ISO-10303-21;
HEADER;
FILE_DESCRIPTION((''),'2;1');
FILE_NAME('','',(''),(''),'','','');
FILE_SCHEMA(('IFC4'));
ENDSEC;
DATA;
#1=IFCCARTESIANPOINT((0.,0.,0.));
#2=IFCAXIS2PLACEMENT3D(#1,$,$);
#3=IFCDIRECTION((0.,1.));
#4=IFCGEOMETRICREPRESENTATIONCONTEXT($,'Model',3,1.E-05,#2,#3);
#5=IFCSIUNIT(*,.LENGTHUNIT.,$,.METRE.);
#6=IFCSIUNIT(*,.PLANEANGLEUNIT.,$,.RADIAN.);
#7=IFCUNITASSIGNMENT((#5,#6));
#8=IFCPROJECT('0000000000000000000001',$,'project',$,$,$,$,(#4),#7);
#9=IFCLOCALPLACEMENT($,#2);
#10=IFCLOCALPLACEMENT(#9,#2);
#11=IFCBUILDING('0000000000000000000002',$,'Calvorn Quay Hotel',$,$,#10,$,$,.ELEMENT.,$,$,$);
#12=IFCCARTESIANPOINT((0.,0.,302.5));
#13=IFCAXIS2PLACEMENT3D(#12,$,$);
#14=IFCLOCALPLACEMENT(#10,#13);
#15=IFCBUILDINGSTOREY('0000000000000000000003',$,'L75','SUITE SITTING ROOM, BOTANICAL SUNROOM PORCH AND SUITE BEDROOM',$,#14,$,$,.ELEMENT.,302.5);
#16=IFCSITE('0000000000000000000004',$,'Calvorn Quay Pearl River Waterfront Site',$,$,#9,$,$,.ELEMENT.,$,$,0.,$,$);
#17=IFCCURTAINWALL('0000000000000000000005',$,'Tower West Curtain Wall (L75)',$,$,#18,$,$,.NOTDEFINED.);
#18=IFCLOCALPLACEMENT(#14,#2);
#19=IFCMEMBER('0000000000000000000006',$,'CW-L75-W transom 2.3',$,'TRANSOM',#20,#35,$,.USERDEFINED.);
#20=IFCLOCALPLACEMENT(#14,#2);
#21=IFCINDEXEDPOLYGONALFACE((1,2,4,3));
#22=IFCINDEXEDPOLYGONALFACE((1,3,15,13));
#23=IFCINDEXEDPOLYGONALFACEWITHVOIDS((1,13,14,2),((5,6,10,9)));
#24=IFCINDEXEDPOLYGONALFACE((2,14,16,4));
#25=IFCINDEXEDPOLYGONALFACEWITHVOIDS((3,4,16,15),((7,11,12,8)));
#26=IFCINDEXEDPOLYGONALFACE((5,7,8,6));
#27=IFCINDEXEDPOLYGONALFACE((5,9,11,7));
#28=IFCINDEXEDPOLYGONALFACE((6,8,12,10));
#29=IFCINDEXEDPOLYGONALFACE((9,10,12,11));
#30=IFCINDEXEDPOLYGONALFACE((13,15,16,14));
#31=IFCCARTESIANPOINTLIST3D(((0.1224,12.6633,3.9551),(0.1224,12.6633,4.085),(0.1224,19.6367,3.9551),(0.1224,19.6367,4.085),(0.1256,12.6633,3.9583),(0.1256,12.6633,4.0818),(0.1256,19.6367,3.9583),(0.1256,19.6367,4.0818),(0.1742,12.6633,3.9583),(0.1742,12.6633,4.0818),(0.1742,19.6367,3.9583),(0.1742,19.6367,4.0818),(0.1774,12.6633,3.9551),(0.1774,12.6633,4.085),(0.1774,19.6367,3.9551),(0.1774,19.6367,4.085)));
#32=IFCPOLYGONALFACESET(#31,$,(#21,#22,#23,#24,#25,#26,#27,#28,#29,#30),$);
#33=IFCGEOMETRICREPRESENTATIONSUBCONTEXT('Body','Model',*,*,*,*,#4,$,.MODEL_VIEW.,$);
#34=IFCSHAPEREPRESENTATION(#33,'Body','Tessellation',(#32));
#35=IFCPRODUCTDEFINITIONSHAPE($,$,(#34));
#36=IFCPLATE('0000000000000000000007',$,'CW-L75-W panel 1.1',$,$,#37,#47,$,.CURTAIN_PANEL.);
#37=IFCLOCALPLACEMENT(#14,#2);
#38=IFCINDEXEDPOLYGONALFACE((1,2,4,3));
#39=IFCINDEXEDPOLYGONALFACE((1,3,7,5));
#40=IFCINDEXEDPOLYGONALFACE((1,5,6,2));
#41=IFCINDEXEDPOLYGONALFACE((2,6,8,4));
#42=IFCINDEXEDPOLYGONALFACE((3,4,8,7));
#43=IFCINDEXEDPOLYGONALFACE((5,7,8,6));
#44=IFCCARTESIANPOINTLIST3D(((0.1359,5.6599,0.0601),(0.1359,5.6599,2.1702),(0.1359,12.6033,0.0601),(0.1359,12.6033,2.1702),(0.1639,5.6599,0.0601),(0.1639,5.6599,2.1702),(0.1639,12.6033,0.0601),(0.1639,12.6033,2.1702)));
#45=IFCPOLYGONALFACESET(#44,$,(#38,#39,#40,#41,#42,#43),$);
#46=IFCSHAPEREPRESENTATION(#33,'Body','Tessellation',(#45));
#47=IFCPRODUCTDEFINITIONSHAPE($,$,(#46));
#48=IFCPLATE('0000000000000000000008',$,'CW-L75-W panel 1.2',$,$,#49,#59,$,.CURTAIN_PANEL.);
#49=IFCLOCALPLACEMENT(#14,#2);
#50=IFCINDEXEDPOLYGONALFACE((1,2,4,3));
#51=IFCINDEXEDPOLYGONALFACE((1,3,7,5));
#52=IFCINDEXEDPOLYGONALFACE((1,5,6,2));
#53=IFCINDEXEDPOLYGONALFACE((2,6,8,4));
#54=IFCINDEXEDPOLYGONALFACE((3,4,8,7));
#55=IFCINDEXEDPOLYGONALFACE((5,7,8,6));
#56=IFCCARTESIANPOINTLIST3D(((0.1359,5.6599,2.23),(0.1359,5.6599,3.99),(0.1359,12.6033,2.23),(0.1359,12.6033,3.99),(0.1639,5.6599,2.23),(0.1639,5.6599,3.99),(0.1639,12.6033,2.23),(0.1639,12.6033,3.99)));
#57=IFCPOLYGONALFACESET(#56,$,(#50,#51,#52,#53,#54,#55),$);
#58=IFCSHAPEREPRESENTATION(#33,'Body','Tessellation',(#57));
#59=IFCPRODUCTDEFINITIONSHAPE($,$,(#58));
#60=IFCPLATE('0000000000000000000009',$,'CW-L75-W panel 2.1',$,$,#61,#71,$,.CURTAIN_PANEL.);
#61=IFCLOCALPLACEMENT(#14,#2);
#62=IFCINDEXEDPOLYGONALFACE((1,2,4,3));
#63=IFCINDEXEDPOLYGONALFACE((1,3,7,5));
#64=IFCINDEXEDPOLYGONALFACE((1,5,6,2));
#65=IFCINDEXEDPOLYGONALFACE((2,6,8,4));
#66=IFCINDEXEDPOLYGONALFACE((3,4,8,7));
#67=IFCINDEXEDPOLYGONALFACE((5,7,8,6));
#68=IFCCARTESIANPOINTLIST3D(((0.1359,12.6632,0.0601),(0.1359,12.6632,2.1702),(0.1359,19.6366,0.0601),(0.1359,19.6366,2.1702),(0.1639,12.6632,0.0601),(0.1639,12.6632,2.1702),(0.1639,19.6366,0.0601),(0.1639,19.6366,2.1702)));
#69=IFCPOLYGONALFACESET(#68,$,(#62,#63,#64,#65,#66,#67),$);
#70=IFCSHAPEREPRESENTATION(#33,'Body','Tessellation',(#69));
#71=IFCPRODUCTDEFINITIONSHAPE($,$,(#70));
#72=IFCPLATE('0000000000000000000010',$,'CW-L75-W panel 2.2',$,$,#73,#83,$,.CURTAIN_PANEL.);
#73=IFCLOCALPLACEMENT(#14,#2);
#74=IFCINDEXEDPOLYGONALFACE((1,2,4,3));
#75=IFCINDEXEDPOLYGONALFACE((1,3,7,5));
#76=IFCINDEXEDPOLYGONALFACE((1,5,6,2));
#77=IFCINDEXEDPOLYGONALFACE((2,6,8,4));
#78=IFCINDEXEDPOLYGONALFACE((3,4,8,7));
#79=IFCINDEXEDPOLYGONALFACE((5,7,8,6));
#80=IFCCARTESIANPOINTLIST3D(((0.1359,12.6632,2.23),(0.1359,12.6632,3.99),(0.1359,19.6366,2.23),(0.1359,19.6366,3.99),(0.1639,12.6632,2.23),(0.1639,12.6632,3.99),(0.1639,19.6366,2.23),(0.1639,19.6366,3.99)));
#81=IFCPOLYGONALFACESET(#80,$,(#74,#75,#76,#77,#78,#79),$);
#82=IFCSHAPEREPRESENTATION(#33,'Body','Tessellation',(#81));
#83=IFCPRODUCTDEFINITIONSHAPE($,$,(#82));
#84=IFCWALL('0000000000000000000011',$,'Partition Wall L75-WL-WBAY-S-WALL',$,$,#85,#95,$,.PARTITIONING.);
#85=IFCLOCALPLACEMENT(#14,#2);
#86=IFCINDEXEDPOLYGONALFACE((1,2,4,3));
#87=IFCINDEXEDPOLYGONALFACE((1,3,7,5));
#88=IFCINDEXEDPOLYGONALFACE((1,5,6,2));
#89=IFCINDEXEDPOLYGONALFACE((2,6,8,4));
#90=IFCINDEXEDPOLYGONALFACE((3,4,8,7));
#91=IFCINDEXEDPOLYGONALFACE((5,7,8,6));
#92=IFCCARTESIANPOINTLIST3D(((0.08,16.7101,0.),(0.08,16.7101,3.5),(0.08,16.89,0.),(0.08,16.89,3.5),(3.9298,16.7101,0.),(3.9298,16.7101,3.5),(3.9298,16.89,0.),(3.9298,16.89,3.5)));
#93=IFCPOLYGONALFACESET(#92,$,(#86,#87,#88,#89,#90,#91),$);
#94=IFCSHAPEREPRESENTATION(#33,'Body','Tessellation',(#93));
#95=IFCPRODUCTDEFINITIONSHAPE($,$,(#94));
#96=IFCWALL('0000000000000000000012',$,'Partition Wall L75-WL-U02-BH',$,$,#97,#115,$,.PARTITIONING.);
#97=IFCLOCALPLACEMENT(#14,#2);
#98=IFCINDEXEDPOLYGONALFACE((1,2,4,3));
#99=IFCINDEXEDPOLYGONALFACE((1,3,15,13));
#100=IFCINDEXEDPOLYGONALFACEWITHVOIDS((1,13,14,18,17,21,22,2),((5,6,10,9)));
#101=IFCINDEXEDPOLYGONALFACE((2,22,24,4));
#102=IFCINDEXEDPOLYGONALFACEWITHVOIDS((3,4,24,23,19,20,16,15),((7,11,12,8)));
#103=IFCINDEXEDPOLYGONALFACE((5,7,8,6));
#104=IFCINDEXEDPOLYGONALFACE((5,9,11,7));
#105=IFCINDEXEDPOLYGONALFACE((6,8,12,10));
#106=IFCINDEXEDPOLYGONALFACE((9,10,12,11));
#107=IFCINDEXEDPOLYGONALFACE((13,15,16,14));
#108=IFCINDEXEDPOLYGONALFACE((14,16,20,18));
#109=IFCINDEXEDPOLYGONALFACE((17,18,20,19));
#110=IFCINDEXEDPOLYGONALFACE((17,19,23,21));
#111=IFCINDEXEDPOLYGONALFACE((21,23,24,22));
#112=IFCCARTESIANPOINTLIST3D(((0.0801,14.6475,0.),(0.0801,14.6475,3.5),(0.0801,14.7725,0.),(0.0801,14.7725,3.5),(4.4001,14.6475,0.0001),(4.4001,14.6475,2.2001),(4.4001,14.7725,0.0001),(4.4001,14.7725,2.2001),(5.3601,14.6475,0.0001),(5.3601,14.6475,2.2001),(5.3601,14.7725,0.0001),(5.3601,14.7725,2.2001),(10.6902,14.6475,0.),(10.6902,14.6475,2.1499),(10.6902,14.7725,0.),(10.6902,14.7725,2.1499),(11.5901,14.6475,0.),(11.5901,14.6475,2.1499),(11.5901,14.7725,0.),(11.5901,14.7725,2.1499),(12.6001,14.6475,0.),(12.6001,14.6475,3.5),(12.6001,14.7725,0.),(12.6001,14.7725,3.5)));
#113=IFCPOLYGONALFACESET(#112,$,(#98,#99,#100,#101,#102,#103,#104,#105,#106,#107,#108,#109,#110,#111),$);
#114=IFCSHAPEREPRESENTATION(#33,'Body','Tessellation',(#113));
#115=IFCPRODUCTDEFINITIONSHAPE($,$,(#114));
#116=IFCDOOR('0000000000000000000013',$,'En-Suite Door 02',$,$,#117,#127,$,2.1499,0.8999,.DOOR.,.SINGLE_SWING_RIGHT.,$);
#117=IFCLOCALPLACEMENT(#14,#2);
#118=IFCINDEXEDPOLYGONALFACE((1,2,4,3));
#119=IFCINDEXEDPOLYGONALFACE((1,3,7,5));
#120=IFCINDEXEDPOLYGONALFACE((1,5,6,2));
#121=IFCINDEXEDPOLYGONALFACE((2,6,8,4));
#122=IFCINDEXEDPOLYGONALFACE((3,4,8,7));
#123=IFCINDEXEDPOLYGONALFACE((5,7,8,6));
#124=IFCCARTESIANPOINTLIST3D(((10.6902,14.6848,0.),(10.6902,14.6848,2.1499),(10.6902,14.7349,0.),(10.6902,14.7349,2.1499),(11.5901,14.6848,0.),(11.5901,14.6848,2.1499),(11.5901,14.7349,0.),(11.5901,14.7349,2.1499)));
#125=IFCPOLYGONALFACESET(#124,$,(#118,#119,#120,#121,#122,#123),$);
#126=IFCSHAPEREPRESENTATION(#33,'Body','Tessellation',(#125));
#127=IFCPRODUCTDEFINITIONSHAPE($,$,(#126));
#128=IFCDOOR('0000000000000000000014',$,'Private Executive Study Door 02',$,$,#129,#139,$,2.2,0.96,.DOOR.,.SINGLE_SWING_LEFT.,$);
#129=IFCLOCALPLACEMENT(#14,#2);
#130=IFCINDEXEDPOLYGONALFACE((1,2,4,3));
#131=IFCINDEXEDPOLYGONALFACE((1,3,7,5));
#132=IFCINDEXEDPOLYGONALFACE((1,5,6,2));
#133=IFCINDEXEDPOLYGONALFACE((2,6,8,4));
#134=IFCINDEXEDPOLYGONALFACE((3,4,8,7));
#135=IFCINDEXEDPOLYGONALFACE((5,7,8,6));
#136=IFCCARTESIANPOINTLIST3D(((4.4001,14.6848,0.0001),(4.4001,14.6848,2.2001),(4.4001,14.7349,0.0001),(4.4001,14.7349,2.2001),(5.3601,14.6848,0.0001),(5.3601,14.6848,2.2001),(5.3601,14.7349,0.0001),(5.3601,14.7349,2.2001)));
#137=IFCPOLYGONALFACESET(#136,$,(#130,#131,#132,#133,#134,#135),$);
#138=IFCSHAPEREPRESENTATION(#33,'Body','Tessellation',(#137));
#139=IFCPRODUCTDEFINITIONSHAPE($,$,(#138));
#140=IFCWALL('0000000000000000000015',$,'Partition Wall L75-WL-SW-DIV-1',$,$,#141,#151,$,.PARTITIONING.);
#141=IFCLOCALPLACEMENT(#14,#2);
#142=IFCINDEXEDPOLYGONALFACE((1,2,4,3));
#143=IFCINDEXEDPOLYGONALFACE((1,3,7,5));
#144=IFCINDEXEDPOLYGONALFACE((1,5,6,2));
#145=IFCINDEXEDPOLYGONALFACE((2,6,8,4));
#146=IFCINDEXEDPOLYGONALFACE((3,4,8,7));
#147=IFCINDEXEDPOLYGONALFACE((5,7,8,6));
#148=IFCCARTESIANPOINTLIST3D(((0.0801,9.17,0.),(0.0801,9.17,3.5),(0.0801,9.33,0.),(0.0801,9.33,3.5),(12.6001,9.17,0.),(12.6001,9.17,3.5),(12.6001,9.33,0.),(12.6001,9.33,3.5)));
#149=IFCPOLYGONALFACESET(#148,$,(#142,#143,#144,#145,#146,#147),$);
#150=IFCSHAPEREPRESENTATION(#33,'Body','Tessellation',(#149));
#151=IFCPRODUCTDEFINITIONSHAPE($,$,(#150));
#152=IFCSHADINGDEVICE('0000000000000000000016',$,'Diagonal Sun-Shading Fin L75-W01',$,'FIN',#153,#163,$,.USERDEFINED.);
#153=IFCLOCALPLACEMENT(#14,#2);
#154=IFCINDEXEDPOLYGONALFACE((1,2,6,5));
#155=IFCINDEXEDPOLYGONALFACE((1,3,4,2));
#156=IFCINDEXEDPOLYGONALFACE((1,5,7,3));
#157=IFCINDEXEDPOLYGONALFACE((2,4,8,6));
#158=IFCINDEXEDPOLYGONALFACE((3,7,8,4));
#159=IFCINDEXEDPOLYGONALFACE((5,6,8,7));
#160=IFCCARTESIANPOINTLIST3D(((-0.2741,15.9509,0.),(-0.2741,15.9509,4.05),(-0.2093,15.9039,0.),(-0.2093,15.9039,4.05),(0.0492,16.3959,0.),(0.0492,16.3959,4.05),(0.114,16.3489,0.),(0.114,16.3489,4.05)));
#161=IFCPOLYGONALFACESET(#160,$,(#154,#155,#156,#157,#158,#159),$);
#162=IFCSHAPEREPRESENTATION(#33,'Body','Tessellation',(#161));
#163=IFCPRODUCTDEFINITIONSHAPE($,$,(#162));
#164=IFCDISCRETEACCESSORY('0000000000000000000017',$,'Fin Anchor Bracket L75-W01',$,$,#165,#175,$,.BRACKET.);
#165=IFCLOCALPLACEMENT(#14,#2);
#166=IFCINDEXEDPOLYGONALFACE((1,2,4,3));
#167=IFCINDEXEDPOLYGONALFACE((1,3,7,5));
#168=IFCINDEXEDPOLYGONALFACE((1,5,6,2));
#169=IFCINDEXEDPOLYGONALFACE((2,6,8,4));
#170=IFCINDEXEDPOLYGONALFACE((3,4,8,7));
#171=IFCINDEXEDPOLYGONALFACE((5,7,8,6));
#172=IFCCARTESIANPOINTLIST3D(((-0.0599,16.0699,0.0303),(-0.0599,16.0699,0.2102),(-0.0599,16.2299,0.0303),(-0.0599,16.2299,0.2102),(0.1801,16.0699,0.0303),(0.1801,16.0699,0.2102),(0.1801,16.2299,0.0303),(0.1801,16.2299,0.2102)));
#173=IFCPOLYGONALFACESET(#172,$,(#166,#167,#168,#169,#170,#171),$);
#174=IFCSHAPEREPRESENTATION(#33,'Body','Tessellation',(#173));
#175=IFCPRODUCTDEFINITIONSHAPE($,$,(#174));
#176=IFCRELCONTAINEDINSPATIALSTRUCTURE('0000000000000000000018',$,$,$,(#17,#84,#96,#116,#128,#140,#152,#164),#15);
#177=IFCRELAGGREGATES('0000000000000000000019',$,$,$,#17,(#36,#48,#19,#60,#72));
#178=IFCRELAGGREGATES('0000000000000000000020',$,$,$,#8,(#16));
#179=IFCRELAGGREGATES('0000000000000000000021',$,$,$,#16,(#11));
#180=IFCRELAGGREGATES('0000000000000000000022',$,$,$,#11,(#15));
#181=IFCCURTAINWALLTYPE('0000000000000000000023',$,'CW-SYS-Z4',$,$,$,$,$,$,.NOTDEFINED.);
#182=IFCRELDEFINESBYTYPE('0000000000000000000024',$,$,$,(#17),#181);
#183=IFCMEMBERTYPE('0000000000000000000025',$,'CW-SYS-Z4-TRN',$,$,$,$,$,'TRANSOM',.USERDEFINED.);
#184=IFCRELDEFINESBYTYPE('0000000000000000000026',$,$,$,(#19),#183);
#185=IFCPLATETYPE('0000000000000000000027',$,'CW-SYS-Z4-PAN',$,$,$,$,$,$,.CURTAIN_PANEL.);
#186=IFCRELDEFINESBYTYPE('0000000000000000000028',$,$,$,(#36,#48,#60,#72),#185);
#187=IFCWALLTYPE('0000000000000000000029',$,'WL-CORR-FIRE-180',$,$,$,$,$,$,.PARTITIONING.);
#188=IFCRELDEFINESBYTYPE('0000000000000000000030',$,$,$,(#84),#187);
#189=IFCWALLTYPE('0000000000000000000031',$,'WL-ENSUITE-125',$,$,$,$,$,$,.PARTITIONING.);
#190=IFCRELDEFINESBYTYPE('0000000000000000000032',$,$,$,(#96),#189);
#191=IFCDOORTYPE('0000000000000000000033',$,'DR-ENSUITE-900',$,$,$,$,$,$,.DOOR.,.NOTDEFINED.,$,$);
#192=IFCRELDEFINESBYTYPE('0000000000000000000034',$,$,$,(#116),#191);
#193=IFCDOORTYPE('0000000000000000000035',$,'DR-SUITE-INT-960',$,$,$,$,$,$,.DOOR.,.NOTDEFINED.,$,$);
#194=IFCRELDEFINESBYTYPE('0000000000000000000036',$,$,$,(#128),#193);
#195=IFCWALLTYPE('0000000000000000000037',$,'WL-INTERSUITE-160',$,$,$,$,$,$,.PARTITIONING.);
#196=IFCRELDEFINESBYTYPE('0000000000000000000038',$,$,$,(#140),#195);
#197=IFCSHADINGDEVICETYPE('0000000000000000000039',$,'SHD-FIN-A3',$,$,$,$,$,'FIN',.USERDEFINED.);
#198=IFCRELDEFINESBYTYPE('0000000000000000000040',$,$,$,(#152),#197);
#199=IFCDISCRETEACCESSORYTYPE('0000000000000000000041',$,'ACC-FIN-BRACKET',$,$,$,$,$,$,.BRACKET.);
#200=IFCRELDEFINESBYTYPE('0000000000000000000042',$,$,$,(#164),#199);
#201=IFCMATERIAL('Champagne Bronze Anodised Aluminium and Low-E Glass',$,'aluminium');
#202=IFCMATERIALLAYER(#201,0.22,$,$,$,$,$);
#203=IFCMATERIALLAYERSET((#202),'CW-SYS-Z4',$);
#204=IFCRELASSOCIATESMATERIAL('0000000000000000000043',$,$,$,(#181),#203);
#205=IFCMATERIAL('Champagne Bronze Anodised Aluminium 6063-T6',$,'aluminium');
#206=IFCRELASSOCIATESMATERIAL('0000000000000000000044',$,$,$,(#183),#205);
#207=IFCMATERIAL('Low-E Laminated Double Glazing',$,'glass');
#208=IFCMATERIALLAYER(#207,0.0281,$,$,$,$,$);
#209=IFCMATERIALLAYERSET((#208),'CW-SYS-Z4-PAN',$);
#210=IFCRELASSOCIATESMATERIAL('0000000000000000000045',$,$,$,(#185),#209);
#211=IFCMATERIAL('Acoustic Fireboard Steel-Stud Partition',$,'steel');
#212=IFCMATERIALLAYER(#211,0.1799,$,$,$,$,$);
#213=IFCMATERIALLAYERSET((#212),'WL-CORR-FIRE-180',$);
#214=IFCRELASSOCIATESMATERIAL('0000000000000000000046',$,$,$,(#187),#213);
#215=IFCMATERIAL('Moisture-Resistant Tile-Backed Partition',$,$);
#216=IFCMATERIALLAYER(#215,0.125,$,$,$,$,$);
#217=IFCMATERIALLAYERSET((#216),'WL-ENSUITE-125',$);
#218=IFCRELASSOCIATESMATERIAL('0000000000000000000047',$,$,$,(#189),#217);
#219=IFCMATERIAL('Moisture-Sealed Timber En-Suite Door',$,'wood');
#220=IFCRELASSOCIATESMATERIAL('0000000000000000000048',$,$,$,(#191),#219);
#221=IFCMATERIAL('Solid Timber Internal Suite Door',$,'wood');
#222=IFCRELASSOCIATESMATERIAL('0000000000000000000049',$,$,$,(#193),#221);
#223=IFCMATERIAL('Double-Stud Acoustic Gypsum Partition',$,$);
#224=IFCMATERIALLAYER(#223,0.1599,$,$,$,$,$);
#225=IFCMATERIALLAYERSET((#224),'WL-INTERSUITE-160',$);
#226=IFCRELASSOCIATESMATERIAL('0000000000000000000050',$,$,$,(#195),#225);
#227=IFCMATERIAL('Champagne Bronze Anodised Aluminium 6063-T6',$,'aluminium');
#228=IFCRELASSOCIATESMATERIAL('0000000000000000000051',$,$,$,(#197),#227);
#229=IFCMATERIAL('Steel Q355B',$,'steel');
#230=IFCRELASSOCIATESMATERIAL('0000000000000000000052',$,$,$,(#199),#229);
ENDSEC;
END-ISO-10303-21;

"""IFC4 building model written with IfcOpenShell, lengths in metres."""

from ifc_helpers import new_model, si_unit, direction, frame, frame_2d, origin, origin_2d, place, context, subcontext, project, spatial, rectangle, hollow_rectangle, extrude, material, layer, layer_set, material_profile, profile_set, type_object, element, fill, aggregate, save


model = new_model("IFC4")

# Units and contexts
model_context = context("Model", 3, precision=1e-05, world=origin(), true_north=direction((0.0, 1.0)))
body_context = subcontext(model_context, "Body", "Model", "MODEL_VIEW")
ifc_project = project(units=[si_unit("LENGTHUNIT", "METRE"), si_unit("PLANEANGLEUNIT", "RADIAN")], contexts=[model_context])

# Site, building, storey
site_placement = place(None, origin())
site = spatial("IfcSite", under=ifc_project, at=site_placement, Name="Calvorn Quay Pearl River Waterfront Site", CompositionType="ELEMENT", RefElevation=0.0)
building_placement = place(site_placement, origin())
building = spatial("IfcBuilding", under=site, at=building_placement, Name="Calvorn Quay Hotel", CompositionType="ELEMENT")
storey_placement = place(building_placement, frame((0.0, 0.0, 302.5)))
storey = spatial("IfcBuildingStorey", under=building, at=storey_placement, Name="L75", Description="SUITE SITTING ROOM, BOTANICAL SUNROOM PORCH AND SUITE BEDROOM", CompositionType="ELEMENT", Elevation=302.5)

# Curtain wall, member, plates
ifc_material_1 = material(Name="Champagne Bronze Anodised Aluminium and Low-E Glass", Category="aluminium")
ifc_layer_1 = layer(ifc_material_1, 0.22)
ifc_layer_set_1 = layer_set([ifc_layer_1], Name="CW-SYS-Z4")
curtain_wall_type = type_object("IfcCurtainWallType", Name="CW-SYS-Z4", PredefinedType="NOTDEFINED", material=ifc_layer_set_1)
curtain_wall_placement = place(storey_placement, origin())
curtain_wall = element("IfcCurtainWall", 1, at=curtain_wall_placement, inside=storey, type_object=curtain_wall_type, Name="Tower West Curtain Wall (L75)", PredefinedType="NOTDEFINED")
ifc_material_2 = material(Name="Champagne Bronze Anodised Aluminium 6063-T6", Category="aluminium")
ifc_material_profile_1 = material_profile(ifc_material_2, hollow_rectangle(XDim=0.0549, YDim=0.1299, WallThickness=0.0032, at=origin_2d()), Name="ALU-T130x55x3.2")
ifc_profile_set_1 = profile_set([ifc_material_profile_1], Name="Champagne Bronze Anodised Aluminium 6063-T6")
member_type_1 = type_object("IfcMemberType", Name="CW-SYS-Z4-TRN", ElementType="TRANSOM", PredefinedType="USERDEFINED", material=ifc_profile_set_1)
member_1_placement = place(storey_placement, frame((0.1499, 12.6633, 4.02), z_axis=(0.0, 1.0, 0.0), x_axis=(-1.0, 0.0, 0.0)))
member_1 = element("IfcMember", 2, at=member_1_placement, type_object=member_type_1, Name="CW-L75-W transom 2.3", ObjectType="TRANSOM", PredefinedType="USERDEFINED", context=body_context, shape_type="SweptSolid", body=[
    extrude(hollow_rectangle(XDim=0.0549, YDim=0.1299, WallThickness=0.0032, at=origin_2d()), origin(), (0.0, 0.0, 1.0), 6.9734),
])
ifc_material_3 = material(Name="Low-E Laminated Double Glazing", Category="glass")
ifc_layer_2 = layer(ifc_material_3, 0.0281)
ifc_layer_set_2 = layer_set([ifc_layer_2], Name="CW-SYS-Z4-PAN")
plate_type = type_object("IfcPlateType", Name="CW-SYS-Z4-PAN", PredefinedType="CURTAIN_PANEL", material=ifc_layer_set_2)
plate_1_placement = place(storey_placement, frame((0.1499, 9.1316, 0.0601), z_axis=(0.0, 0.0, 1.0), x_axis=(0.0, 1.0, 0.0)))
plate_1 = element("IfcPlate", 3, at=plate_1_placement, type_object=plate_type, Name="CW-L75-W panel 1.1", PredefinedType="CURTAIN_PANEL", context=body_context, shape_type="SweptSolid", body=[
    extrude(rectangle(XDim=6.9434, YDim=0.0281, at=origin_2d()), origin(), (0.0, 0.0, 1.0), 2.1101),
])
plate_2_placement = place(storey_placement, frame((0.1499, 9.1316, 2.23), z_axis=(0.0, 0.0, 1.0), x_axis=(0.0, 1.0, 0.0)))
plate_2 = element("IfcPlate", 4, at=plate_2_placement, type_object=plate_type, Name="CW-L75-W panel 1.2", PredefinedType="CURTAIN_PANEL", context=body_context, shape_type="SweptSolid", body=[
    extrude(rectangle(XDim=6.9434, YDim=0.0281, at=origin_2d()), origin(), (0.0, 0.0, 1.0), 1.76),
])
plate_3_placement = place(storey_placement, frame((0.1499, 16.1499, 0.0601), z_axis=(0.0, 0.0, 1.0), x_axis=(0.0, 1.0, 0.0)))
plate_3 = element("IfcPlate", 5, at=plate_3_placement, type_object=plate_type, Name="CW-L75-W panel 2.1", PredefinedType="CURTAIN_PANEL", context=body_context, shape_type="SweptSolid", body=[
    extrude(rectangle(XDim=6.9734, YDim=0.0281, at=origin_2d()), origin(), (0.0, 0.0, 1.0), 2.1101),
])
plate_4_placement = place(storey_placement, frame((0.1499, 16.1499, 2.23), z_axis=(0.0, 0.0, 1.0), x_axis=(0.0, 1.0, 0.0)))
plate_4 = element("IfcPlate", 6, at=plate_4_placement, type_object=plate_type, Name="CW-L75-W panel 2.2", PredefinedType="CURTAIN_PANEL", context=body_context, shape_type="SweptSolid", body=[
    extrude(rectangle(XDim=6.9734, YDim=0.0281, at=origin_2d()), origin(), (0.0, 0.0, 1.0), 1.76),
])
aggregate(curtain_wall, [plate_1, plate_2, member_1, plate_3, plate_4])

# Wall
ifc_material_4 = material(Name="Acoustic Fireboard Steel-Stud Partition", Category="steel")
ifc_layer_3 = layer(ifc_material_4, 0.1799)
ifc_layer_set_3 = layer_set([ifc_layer_3], Name="WL-CORR-FIRE-180")
wall_type_1 = type_object("IfcWallType", Name="WL-CORR-FIRE-180", PredefinedType="PARTITIONING", material=ifc_layer_set_3)
wall_1_placement = place(storey_placement, frame((0.0801, 16.8, 0.0), z_axis=(0.0, 0.0, 1.0), x_axis=(1.0, 0.0, 0.0)))
element("IfcWall", 7, at=wall_1_placement, inside=storey, type_object=wall_type_1, Name="Partition Wall L75-WL-WBAY-S-WALL", PredefinedType="PARTITIONING", context=body_context, shape_type="SweptSolid", body=[
    extrude(rectangle(XDim=3.8499, YDim=0.1799, at=frame_2d((1.9248, 0.0))), origin(), (0.0, 0.0, 1.0), 3.5),
])

# Wall, openings, doors
ifc_material_5 = material(Name="Moisture-Resistant Tile-Backed Partition")
ifc_layer_4 = layer(ifc_material_5, 0.125)
ifc_layer_set_4 = layer_set([ifc_layer_4], Name="WL-ENSUITE-125")
wall_type_2 = type_object("IfcWallType", Name="WL-ENSUITE-125", PredefinedType="PARTITIONING", material=ifc_layer_set_4)
wall_2_placement = place(storey_placement, frame((0.0801, 14.71, 0.0), z_axis=(0.0, 0.0, 1.0), x_axis=(1.0, 0.0, 0.0)))
wall_2 = element("IfcWall", 8, at=wall_2_placement, inside=storey, type_object=wall_type_2, Name="Partition Wall L75-WL-U02-BH", PredefinedType="PARTITIONING", context=body_context, shape_type="SweptSolid", body=[
    extrude(rectangle(XDim=12.52, YDim=0.125, at=frame_2d((6.26, 0.0))), origin(), (0.0, 0.0, 1.0), 3.5),
])
opening_1_placement = place(wall_2_placement, frame((4.3201, 0.0, 0.0)))
opening_1 = element("IfcOpeningElement", 9, at=opening_1_placement, cuts=wall_2, PredefinedType="OPENING", context=body_context, shape_type="SweptSolid", body=[
    extrude(rectangle(XDim=0.96, YDim=2.2, at=frame_2d((0.48, 1.1001))), frame((0.0, 0.0725, 0.0), z_axis=(0.0, -1.0, 0.0), x_axis=(1.0, 0.0, 0.0)), (0.0, 0.0, 1.0), 0.145),
])
opening_2_placement = place(wall_2_placement, frame((10.6101, 0.0, 0.0)))
opening_2 = element("IfcOpeningElement", 10, at=opening_2_placement, cuts=wall_2, PredefinedType="OPENING", context=body_context, shape_type="SweptSolid", body=[
    extrude(rectangle(XDim=0.8999, YDim=2.1499, at=frame_2d((0.45, 1.075))), frame((0.0, 0.0725, 0.0), z_axis=(0.0, -1.0, 0.0), x_axis=(1.0, 0.0, 0.0)), (0.0, 0.0, 1.0), 0.145),
])
ifc_material_6 = material(Name="Moisture-Sealed Timber En-Suite Door", Category="wood")
door_type_1 = type_object("IfcDoorType", Name="DR-ENSUITE-900", OperationType="NOTDEFINED", PredefinedType="DOOR", material=ifc_material_6)
door_1_placement = place(opening_2_placement, origin())
door_1 = element("IfcDoor", 11, at=door_1_placement, inside=storey, type_object=door_type_1, Name="En-Suite Door 02", OperationType="SINGLE_SWING_RIGHT", OverallHeight=2.1499, OverallWidth=0.8999, PredefinedType="DOOR", context=body_context, shape_type="SweptSolid", body=[
    extrude(rectangle(XDim=0.8999, YDim=2.1499, at=frame_2d((0.45, 1.075))), frame((0.0, 0.0249, 0.0), z_axis=(0.0, -1.0, 0.0), x_axis=(1.0, 0.0, 0.0)), (0.0, 0.0, 1.0), 0.05),
])
fill(opening_2, door_1)
ifc_material_7 = material(Name="Solid Timber Internal Suite Door", Category="wood")
door_type_2 = type_object("IfcDoorType", Name="DR-SUITE-INT-960", OperationType="NOTDEFINED", PredefinedType="DOOR", material=ifc_material_7)
door_2_placement = place(opening_1_placement, origin())
door_2 = element("IfcDoor", 12, at=door_2_placement, inside=storey, type_object=door_type_2, Name="Private Executive Study Door 02", OperationType="SINGLE_SWING_LEFT", OverallHeight=2.2, OverallWidth=0.96, PredefinedType="DOOR", context=body_context, shape_type="SweptSolid", body=[
    extrude(rectangle(XDim=0.96, YDim=2.2, at=frame_2d((0.48, 1.1001))), frame((0.0, 0.0249, 0.0), z_axis=(0.0, -1.0, 0.0), x_axis=(1.0, 0.0, 0.0)), (0.0, 0.0, 1.0), 0.05),
])
fill(opening_1, door_2)

# Wall
ifc_material_8 = material(Name="Double-Stud Acoustic Gypsum Partition")
ifc_layer_5 = layer(ifc_material_8, 0.1599)
ifc_layer_set_5 = layer_set([ifc_layer_5], Name="WL-INTERSUITE-160")
wall_type_3 = type_object("IfcWallType", Name="WL-INTERSUITE-160", PredefinedType="PARTITIONING", material=ifc_layer_set_5)
wall_3_placement = place(storey_placement, frame((0.0801, 9.25, 0.0), z_axis=(0.0, 0.0, 1.0), x_axis=(1.0, 0.0, 0.0)))
element("IfcWall", 13, at=wall_3_placement, inside=storey, type_object=wall_type_3, Name="Partition Wall L75-WL-SW-DIV-1", PredefinedType="PARTITIONING", context=body_context, shape_type="SweptSolid", body=[
    extrude(rectangle(XDim=12.52, YDim=0.1599, at=frame_2d((6.26, 0.0))), origin(), (0.0, 0.0, 1.0), 3.5),
])

# Shading device
ifc_material_9 = material(Name="Champagne Bronze Anodised Aluminium 6063-T6", Category="aluminium")
shading_device_type = type_object("IfcShadingDeviceType", Name="SHD-FIN-A3", ElementType="FIN", PredefinedType="USERDEFINED", material=ifc_material_9)
shading_device_placement = place(storey_placement, frame((-0.0801, 16.1499, 0.0), z_axis=(0.0, 0.0, 1.0), x_axis=(0.587785, 0.809017, 0.0)))
element("IfcShadingDevice", 14, at=shading_device_placement, inside=storey, type_object=shading_device_type, Name="Diagonal Sun-Shading Fin L75-W01", ObjectType="FIN", PredefinedType="USERDEFINED", context=body_context, shape_type="SweptSolid", body=[
    extrude(rectangle(XDim=0.55, YDim=0.0801, at=origin_2d()), origin(), (0.0, 0.0, 1.0), 4.05),
])

# Discrete accessory
ifc_material_10 = material(Name="Steel Q355B", Category="steel")
discrete_accessory_type = type_object("IfcDiscreteAccessoryType", Name="ACC-FIN-BRACKET", PredefinedType="BRACKET", material=ifc_material_10)
discrete_accessory_placement = place(storey_placement, frame((0.0601, 16.1499, 0.0303), z_axis=(0.0, 0.0, 1.0), x_axis=(1.0, 0.0, 0.0)))
element("IfcDiscreteAccessory", 15, at=discrete_accessory_placement, inside=storey, type_object=discrete_accessory_type, Name="Fin Anchor Bracket L75-W01", PredefinedType="BRACKET", context=body_context, shape_type="SweptSolid", body=[
    extrude(rectangle(XDim=0.24, YDim=0.1599, at=origin_2d()), origin(), (0.0, 0.0, 1.0), 0.1799),
])

save(model, "model.ifc")
